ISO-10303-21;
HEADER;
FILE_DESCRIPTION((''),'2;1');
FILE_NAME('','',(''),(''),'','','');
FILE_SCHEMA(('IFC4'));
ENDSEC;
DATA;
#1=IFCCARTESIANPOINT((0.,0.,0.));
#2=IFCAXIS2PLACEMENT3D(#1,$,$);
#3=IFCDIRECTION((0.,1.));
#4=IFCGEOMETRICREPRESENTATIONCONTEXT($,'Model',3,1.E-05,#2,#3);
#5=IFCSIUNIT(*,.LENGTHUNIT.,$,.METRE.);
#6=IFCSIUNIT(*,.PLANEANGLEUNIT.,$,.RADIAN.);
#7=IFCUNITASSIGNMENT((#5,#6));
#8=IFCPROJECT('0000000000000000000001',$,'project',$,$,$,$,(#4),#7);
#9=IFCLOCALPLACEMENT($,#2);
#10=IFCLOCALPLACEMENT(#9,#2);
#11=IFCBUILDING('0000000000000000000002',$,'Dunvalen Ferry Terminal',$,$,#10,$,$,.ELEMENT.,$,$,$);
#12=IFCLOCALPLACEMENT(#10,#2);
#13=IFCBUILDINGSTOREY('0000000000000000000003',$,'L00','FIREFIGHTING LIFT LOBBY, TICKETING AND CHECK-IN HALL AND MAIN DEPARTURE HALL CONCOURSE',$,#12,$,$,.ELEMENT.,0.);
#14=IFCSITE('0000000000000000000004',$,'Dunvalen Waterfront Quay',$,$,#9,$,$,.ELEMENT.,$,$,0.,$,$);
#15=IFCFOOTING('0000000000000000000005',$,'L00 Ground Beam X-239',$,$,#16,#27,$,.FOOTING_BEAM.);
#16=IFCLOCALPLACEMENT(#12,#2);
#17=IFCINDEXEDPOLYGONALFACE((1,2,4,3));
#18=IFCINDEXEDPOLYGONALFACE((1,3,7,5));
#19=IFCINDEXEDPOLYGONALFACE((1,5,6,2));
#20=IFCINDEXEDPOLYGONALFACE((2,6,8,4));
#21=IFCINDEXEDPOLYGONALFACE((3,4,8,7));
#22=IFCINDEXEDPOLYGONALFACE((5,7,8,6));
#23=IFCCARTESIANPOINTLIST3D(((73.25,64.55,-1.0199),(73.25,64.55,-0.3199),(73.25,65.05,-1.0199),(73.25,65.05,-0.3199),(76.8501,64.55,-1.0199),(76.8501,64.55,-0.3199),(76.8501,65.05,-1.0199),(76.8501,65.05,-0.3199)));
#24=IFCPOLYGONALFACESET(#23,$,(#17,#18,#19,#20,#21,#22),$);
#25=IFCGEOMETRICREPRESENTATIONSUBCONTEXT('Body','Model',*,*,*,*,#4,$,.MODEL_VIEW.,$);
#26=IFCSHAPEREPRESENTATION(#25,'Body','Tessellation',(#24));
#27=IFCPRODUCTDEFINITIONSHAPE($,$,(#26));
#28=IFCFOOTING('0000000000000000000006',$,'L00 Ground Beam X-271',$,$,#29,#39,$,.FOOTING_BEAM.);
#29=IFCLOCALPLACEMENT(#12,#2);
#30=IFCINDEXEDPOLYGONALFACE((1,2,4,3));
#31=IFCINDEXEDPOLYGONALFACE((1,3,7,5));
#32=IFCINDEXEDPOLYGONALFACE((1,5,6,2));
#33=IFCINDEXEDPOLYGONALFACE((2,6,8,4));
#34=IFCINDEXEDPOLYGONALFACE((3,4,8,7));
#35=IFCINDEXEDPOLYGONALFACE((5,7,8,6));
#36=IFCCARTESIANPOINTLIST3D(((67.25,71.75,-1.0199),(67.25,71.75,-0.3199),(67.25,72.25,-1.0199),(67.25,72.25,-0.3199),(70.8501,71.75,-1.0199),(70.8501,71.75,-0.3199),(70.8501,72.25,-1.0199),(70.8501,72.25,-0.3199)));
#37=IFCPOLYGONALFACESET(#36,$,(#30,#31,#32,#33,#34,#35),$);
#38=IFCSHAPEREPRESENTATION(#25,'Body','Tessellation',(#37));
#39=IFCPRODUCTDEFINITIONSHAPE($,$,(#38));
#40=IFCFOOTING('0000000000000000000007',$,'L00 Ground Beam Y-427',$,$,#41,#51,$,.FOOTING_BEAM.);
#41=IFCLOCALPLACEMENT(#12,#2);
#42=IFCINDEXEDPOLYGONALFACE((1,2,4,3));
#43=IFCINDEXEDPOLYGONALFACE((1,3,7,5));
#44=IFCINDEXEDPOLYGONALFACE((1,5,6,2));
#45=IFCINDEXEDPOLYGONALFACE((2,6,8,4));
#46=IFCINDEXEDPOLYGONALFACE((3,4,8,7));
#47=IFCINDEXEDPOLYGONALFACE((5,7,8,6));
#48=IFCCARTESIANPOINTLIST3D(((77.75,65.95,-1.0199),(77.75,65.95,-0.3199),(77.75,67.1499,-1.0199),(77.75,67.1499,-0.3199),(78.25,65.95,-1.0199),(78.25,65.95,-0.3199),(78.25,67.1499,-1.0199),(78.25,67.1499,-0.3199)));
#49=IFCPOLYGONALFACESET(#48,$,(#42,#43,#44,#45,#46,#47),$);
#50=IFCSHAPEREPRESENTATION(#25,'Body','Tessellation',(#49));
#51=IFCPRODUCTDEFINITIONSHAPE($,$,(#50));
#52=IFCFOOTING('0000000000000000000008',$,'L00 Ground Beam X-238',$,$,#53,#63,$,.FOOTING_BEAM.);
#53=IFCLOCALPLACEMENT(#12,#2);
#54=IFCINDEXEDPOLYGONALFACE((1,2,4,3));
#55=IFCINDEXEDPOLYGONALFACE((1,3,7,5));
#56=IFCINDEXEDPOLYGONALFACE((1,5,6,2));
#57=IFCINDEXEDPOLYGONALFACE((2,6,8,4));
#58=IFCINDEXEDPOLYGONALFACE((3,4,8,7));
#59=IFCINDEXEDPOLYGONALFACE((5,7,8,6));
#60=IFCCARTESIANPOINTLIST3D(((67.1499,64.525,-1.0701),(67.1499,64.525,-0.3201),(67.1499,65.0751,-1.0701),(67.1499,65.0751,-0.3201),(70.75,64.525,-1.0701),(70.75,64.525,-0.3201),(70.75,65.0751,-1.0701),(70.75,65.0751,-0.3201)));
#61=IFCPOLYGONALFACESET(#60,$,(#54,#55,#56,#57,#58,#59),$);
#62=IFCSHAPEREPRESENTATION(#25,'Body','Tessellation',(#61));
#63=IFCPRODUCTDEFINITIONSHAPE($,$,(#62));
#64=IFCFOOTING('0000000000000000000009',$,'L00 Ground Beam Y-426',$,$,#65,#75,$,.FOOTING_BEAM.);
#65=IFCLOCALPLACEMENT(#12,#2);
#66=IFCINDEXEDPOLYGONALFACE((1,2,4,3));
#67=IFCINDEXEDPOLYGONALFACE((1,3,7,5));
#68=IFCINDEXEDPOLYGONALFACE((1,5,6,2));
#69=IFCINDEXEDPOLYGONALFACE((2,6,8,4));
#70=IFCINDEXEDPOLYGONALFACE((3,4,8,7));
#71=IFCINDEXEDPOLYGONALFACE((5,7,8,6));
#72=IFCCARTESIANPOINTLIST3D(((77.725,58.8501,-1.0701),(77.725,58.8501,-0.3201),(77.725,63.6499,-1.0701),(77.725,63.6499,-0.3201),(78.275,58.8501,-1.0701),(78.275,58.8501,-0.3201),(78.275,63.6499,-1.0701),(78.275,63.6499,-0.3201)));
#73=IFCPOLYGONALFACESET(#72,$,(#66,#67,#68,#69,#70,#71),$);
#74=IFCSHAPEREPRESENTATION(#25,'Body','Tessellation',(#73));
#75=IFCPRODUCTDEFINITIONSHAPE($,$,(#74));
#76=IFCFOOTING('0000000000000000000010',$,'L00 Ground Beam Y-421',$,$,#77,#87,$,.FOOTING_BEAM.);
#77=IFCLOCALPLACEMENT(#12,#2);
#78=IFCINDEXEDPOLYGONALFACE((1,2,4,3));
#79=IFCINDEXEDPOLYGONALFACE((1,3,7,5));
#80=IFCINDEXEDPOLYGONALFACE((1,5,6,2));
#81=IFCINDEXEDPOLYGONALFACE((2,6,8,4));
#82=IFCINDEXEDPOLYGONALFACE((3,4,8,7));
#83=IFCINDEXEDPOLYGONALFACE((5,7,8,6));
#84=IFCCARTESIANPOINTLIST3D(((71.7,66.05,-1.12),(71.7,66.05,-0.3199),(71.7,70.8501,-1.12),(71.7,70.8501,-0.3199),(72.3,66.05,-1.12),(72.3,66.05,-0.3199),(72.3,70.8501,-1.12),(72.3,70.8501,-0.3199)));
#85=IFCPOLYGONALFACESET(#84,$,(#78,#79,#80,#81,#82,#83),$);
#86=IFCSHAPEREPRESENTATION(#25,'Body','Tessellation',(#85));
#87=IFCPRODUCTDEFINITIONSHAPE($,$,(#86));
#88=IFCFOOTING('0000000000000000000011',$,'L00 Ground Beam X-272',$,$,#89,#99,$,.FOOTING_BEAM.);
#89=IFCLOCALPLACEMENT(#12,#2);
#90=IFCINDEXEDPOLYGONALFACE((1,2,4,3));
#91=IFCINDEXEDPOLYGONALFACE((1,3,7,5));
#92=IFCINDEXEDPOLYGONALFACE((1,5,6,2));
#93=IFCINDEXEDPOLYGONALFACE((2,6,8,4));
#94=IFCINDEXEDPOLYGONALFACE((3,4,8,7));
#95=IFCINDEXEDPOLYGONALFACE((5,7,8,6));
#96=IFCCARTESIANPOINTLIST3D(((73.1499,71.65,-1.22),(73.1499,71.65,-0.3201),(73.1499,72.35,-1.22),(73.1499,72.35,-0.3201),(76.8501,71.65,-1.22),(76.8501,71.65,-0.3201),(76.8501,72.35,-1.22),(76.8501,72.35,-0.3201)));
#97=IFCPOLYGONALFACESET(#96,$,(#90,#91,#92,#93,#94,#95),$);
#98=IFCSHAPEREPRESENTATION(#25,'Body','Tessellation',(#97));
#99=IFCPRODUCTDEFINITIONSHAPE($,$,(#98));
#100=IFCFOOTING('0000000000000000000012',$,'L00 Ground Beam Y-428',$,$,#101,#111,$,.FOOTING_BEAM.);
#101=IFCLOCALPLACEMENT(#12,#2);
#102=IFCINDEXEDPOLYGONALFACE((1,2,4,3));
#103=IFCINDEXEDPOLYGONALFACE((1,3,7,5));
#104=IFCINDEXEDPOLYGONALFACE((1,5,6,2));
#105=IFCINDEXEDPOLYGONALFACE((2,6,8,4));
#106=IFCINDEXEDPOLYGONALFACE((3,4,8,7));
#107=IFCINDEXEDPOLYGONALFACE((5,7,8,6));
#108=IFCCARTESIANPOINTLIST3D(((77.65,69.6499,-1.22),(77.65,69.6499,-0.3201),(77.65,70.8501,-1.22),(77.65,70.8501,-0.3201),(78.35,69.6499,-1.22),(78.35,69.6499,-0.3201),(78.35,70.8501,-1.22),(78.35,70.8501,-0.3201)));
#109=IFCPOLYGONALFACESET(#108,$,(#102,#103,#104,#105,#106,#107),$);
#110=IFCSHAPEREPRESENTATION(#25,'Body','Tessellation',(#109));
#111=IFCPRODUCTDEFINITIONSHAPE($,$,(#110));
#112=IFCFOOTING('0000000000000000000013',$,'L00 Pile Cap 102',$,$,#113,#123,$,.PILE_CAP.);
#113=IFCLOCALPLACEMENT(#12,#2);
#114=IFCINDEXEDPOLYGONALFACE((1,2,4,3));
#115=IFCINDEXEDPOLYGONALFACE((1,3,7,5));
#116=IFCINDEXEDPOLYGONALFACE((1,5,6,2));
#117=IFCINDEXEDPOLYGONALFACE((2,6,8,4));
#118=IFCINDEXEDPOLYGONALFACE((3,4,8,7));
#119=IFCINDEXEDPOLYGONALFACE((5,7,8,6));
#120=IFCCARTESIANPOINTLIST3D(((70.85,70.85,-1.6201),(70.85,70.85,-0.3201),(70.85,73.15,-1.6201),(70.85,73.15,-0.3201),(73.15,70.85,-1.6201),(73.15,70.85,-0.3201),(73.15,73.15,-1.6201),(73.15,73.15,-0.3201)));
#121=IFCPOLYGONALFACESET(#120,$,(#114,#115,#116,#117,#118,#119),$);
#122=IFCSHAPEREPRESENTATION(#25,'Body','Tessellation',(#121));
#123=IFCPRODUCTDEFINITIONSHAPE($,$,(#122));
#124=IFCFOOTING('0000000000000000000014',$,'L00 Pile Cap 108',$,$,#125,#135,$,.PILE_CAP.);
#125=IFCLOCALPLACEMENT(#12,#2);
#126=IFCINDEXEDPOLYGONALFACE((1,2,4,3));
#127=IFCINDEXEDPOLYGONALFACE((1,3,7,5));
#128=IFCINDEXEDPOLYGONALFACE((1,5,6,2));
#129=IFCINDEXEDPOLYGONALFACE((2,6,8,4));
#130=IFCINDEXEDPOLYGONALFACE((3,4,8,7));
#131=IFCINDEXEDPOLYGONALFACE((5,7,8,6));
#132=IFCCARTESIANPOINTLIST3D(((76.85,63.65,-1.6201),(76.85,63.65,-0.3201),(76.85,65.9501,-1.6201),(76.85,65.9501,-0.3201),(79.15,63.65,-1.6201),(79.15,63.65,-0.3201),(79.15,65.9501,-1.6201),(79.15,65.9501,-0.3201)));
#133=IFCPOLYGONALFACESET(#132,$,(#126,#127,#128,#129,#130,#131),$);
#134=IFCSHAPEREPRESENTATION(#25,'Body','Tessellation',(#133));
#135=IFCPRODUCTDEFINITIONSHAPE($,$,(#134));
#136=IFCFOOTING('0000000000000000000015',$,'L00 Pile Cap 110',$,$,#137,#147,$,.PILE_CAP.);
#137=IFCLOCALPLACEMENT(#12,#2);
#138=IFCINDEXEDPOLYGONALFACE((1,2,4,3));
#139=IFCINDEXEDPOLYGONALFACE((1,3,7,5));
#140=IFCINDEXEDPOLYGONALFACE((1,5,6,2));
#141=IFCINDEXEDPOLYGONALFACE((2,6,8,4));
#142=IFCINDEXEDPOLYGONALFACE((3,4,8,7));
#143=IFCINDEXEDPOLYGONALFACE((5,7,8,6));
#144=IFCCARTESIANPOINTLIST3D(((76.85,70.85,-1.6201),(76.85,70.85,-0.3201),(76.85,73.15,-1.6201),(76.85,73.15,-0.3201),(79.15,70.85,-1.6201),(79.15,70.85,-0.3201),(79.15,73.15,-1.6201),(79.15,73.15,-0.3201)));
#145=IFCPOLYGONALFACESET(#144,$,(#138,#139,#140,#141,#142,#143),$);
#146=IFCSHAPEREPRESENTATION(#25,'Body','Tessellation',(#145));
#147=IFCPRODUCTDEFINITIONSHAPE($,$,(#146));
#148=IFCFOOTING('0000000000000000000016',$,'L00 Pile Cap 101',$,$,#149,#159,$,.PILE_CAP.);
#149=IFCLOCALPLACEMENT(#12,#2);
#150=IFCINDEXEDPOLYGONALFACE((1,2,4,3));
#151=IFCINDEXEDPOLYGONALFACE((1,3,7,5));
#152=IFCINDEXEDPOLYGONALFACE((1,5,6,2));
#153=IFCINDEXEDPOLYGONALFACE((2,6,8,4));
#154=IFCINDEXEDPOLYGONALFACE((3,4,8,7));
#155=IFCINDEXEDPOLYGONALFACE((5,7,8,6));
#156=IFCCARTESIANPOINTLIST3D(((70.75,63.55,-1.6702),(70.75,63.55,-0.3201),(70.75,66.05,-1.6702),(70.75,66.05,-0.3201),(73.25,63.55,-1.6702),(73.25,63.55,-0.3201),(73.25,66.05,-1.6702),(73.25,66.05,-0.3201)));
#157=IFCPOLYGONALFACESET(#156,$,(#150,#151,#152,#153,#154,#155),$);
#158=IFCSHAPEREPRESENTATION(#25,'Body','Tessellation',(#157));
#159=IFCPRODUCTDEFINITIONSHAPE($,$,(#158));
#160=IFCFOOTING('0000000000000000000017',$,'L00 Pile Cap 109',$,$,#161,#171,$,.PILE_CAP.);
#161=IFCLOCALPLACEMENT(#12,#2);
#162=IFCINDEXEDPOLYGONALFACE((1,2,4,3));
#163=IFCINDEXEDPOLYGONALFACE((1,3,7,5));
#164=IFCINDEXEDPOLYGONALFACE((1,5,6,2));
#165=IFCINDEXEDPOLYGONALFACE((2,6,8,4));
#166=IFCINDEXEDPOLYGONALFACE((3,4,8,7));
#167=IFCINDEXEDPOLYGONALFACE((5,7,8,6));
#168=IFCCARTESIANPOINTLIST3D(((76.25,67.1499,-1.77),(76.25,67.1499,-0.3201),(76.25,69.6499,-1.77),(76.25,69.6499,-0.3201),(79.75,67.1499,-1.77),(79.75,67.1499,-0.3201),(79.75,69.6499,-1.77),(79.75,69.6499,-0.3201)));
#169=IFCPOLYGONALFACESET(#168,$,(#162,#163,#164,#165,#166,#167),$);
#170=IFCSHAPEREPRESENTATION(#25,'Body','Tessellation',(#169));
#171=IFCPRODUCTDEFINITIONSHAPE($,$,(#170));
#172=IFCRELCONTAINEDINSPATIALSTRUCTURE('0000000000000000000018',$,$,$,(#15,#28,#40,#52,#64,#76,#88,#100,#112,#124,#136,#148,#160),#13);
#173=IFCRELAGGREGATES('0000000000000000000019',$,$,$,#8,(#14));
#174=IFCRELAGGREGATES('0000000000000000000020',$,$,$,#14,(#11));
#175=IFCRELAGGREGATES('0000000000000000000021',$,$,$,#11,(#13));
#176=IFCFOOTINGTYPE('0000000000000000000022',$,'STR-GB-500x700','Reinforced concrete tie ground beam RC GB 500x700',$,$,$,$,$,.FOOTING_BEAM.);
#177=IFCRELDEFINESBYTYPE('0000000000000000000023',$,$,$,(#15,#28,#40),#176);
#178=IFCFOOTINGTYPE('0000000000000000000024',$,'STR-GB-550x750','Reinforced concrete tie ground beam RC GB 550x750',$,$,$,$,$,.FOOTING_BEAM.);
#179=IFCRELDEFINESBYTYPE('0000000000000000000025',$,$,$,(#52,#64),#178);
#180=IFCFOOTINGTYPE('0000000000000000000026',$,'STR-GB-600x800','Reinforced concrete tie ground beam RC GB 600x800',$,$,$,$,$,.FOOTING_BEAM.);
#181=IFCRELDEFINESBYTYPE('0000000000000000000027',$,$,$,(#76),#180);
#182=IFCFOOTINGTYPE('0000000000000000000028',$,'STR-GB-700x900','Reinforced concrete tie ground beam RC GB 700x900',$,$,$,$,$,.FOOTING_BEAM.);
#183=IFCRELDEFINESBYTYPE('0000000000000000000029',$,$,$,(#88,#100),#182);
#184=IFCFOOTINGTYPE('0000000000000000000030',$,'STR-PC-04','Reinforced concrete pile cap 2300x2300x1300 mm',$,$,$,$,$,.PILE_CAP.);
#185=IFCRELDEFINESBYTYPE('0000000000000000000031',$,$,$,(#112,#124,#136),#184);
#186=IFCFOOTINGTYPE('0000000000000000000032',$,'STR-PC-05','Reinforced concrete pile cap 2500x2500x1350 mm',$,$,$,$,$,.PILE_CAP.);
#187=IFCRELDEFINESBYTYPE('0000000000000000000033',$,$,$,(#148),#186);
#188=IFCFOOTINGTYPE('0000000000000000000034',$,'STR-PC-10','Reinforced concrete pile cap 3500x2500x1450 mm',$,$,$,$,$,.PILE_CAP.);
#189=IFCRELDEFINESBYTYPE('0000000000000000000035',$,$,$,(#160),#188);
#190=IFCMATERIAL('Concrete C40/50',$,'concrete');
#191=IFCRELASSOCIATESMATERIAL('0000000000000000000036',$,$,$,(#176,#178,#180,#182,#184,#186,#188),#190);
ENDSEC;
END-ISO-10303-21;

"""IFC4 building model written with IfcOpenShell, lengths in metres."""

from ifc_helpers import new_model, si_unit, direction, frame, origin, origin_2d, place, context, subcontext, project, spatial, rectangle, extrude, material, material_profile, profile_set, type_object, element, save


model = new_model("IFC4")

# Units and contexts
model_context = context("Model", 3, precision=1e-05, world=origin(), true_north=direction((0.0, 1.0)))
body_context = subcontext(model_context, "Body", "Model", "MODEL_VIEW")
ifc_project = project(units=[si_unit("LENGTHUNIT", "METRE"), si_unit("PLANEANGLEUNIT", "RADIAN")], contexts=[model_context])

# Site, building, storey
site_placement = place(None, origin())
site = spatial("IfcSite", under=ifc_project, at=site_placement, Name="Dunvalen Waterfront Quay", CompositionType="ELEMENT", RefElevation=0.0)
building_placement = place(site_placement, origin())
building = spatial("IfcBuilding", under=site, at=building_placement, Name="Dunvalen Ferry Terminal", CompositionType="ELEMENT")
storey_placement = place(building_placement, origin())
storey = spatial("IfcBuildingStorey", under=building, at=storey_placement, Name="L00", Description="FIREFIGHTING LIFT LOBBY, TICKETING AND CHECK-IN HALL AND MAIN DEPARTURE HALL CONCOURSE", CompositionType="ELEMENT", Elevation=0.0)

# Footings
ifc_material_1 = material(Name="Concrete C40/50", Category="concrete")
ifc_material_profile_1 = material_profile(ifc_material_1, rectangle(XDim=0.5, YDim=0.7, at=origin_2d()), Name="Concrete C40/50")
ifc_profile_set_1 = profile_set([ifc_material_profile_1], Name="Concrete C40/50")
footing_type_1 = type_object("IfcFootingType", Name="STR-GB-500x700", Description="Reinforced concrete tie ground beam RC GB 500x700", PredefinedType="FOOTING_BEAM", material=ifc_profile_set_1)
for number, where, z_axis, x_axis, name in (
    (1, (73.25, 64.8, -0.6699), (1.0, 0.0, 0.0), (0.0, 1.0, 0.0), "L00 Ground Beam X-239"),
    (2, (67.25, 72.0, -0.6699), (1.0, 0.0, 0.0), (0.0, 1.0, 0.0), "L00 Ground Beam X-271"),
):
    element("IfcFooting", number, at=place(storey_placement, frame(where, z_axis=z_axis, x_axis=x_axis)), inside=storey, type_object=footing_type_1, Name=name, PredefinedType="FOOTING_BEAM", context=body_context, shape_type="SweptSolid", body=[
        extrude(rectangle(XDim=0.5, YDim=0.7, at=origin_2d()), origin(), (0.0, 0.0, 1.0), 3.6001),
    ])
footing_1_placement = place(storey_placement, frame((78.0, 65.95, -0.6699), z_axis=(0.0, 1.0, 0.0), x_axis=(-1.0, 0.0, 0.0)))
element("IfcFooting", 3, at=footing_1_placement, inside=storey, type_object=footing_type_1, Name="L00 Ground Beam Y-427", PredefinedType="FOOTING_BEAM", context=body_context, shape_type="SweptSolid", body=[
    extrude(rectangle(XDim=0.5, YDim=0.7, at=origin_2d()), origin(), (0.0, 0.0, 1.0), 1.2),
])
ifc_material_profile_2 = material_profile(ifc_material_1, rectangle(XDim=0.55, YDim=0.75, at=origin_2d()), Name="Concrete C40/50")
ifc_profile_set_2 = profile_set([ifc_material_profile_2], Name="Concrete C40/50")
footing_type_2 = type_object("IfcFootingType", Name="STR-GB-550x750", Description="Reinforced concrete tie ground beam RC GB 550x750", PredefinedType="FOOTING_BEAM", material=ifc_profile_set_2)
footing_2_placement = place(storey_placement, frame((67.1499, 64.8, -0.6951), z_axis=(1.0, 0.0, 0.0), x_axis=(0.0, 1.0, 0.0)))
element("IfcFooting", 4, at=footing_2_placement, inside=storey, type_object=footing_type_2, Name="L00 Ground Beam X-238", PredefinedType="FOOTING_BEAM", context=body_context, shape_type="SweptSolid", body=[
    extrude(rectangle(XDim=0.55, YDim=0.75, at=origin_2d()), origin(), (0.0, 0.0, 1.0), 3.6001),
])
footing_3_placement = place(storey_placement, frame((78.0, 58.8501, -0.6951), z_axis=(0.0, 1.0, 0.0), x_axis=(-1.0, 0.0, 0.0)))
element("IfcFooting", 5, at=footing_3_placement, inside=storey, type_object=footing_type_2, Name="L00 Ground Beam Y-426", PredefinedType="FOOTING_BEAM", context=body_context, shape_type="SweptSolid", body=[
    extrude(rectangle(XDim=0.55, YDim=0.75, at=origin_2d()), origin(), (0.0, 0.0, 1.0), 4.7998),
])
ifc_material_profile_3 = material_profile(ifc_material_1, rectangle(XDim=0.6001, YDim=0.8, at=origin_2d()), Name="Concrete C40/50")
ifc_profile_set_3 = profile_set([ifc_material_profile_3], Name="Concrete C40/50")
footing_type_3 = type_object("IfcFootingType", Name="STR-GB-600x800", Description="Reinforced concrete tie ground beam RC GB 600x800", PredefinedType="FOOTING_BEAM", material=ifc_profile_set_3)
footing_4_placement = place(storey_placement, frame((72.0, 66.05, -0.72), z_axis=(0.0, 1.0, 0.0), x_axis=(-1.0, 0.0, 0.0)))
element("IfcFooting", 6, at=footing_4_placement, inside=storey, type_object=footing_type_3, Name="L00 Ground Beam Y-421", PredefinedType="FOOTING_BEAM", context=body_context, shape_type="SweptSolid", body=[
    extrude(rectangle(XDim=0.6001, YDim=0.8, at=origin_2d()), origin(), (0.0, 0.0, 1.0), 4.8),
])
ifc_material_profile_4 = material_profile(ifc_material_1, rectangle(XDim=0.7, YDim=0.8999, at=origin_2d()), Name="Concrete C40/50")
ifc_profile_set_4 = profile_set([ifc_material_profile_4], Name="Concrete C40/50")
footing_type_4 = type_object("IfcFootingType", Name="STR-GB-700x900", Description="Reinforced concrete tie ground beam RC GB 700x900", PredefinedType="FOOTING_BEAM", material=ifc_profile_set_4)
footing_5_placement = place(storey_placement, frame((73.1499, 72.0, -0.77), z_axis=(1.0, 0.0, 0.0), x_axis=(0.0, 1.0, 0.0)))
element("IfcFooting", 7, at=footing_5_placement, inside=storey, type_object=footing_type_4, Name="L00 Ground Beam X-272", PredefinedType="FOOTING_BEAM", context=body_context, shape_type="SweptSolid", body=[
    extrude(rectangle(XDim=0.7, YDim=0.8999, at=origin_2d()), origin(), (0.0, 0.0, 1.0), 3.7002),
])
footing_6_placement = place(storey_placement, frame((78.0, 69.6499, -0.77), z_axis=(0.0, 1.0, 0.0), x_axis=(-1.0, 0.0, 0.0)))
element("IfcFooting", 8, at=footing_6_placement, inside=storey, type_object=footing_type_4, Name="L00 Ground Beam Y-428", PredefinedType="FOOTING_BEAM", context=body_context, shape_type="SweptSolid", body=[
    extrude(rectangle(XDim=0.7, YDim=0.8999, at=origin_2d()), origin(), (0.0, 0.0, 1.0), 1.2002),
])
footing_type_5 = type_object("IfcFootingType", Name="STR-PC-04", Description="Reinforced concrete pile cap 2300x2300x1300 mm", PredefinedType="PILE_CAP", material=ifc_material_1)
for number, where, z_axis, x_axis, name in (
    (9, (72.0, 72.0, -1.6201), (0.0, 0.0, 1.0), (1.0, 0.0, 0.0), "L00 Pile Cap 102"),
    (10, (78.0, 64.8, -1.6201), (0.0, 0.0, 1.0), (1.0, 0.0, 0.0), "L00 Pile Cap 108"),
    (11, (78.0, 72.0, -1.6201), (0.0, 0.0, 1.0), (1.0, 0.0, 0.0), "L00 Pile Cap 110"),
):
    element("IfcFooting", number, at=place(storey_placement, frame(where, z_axis=z_axis, x_axis=x_axis)), inside=storey, type_object=footing_type_5, Name=name, PredefinedType="PILE_CAP", context=body_context, shape_type="SweptSolid", body=[
        extrude(rectangle(XDim=2.3, YDim=2.3, at=origin_2d()), origin(), (0.0, 0.0, 1.0), 1.3),
    ])
footing_type_6 = type_object("IfcFootingType", Name="STR-PC-05", Description="Reinforced concrete pile cap 2500x2500x1350 mm", PredefinedType="PILE_CAP", material=ifc_material_1)
footing_7_placement = place(storey_placement, frame((72.0, 64.8, -1.6702), z_axis=(0.0, 0.0, 1.0), x_axis=(1.0, 0.0, 0.0)))
element("IfcFooting", 12, at=footing_7_placement, inside=storey, type_object=footing_type_6, Name="L00 Pile Cap 101", PredefinedType="PILE_CAP", context=body_context, shape_type="SweptSolid", body=[
    extrude(rectangle(XDim=2.5, YDim=2.5, at=origin_2d()), origin(), (0.0, 0.0, 1.0), 1.3501),
])
footing_type_7 = type_object("IfcFootingType", Name="STR-PC-10", Description="Reinforced concrete pile cap 3500x2500x1450 mm", PredefinedType="PILE_CAP", material=ifc_material_1)
footing_8_placement = place(storey_placement, frame((78.0, 68.3999, -1.77), z_axis=(0.0, 0.0, 1.0), x_axis=(1.0, 0.0, 0.0)))
element("IfcFooting", 13, at=footing_8_placement, inside=storey, type_object=footing_type_7, Name="L00 Pile Cap 109", PredefinedType="PILE_CAP", context=body_context, shape_type="SweptSolid", body=[
    extrude(rectangle(XDim=3.5, YDim=2.5, at=origin_2d()), origin(), (0.0, 0.0, 1.0), 1.45),
])

save(model, "model.ifc")
